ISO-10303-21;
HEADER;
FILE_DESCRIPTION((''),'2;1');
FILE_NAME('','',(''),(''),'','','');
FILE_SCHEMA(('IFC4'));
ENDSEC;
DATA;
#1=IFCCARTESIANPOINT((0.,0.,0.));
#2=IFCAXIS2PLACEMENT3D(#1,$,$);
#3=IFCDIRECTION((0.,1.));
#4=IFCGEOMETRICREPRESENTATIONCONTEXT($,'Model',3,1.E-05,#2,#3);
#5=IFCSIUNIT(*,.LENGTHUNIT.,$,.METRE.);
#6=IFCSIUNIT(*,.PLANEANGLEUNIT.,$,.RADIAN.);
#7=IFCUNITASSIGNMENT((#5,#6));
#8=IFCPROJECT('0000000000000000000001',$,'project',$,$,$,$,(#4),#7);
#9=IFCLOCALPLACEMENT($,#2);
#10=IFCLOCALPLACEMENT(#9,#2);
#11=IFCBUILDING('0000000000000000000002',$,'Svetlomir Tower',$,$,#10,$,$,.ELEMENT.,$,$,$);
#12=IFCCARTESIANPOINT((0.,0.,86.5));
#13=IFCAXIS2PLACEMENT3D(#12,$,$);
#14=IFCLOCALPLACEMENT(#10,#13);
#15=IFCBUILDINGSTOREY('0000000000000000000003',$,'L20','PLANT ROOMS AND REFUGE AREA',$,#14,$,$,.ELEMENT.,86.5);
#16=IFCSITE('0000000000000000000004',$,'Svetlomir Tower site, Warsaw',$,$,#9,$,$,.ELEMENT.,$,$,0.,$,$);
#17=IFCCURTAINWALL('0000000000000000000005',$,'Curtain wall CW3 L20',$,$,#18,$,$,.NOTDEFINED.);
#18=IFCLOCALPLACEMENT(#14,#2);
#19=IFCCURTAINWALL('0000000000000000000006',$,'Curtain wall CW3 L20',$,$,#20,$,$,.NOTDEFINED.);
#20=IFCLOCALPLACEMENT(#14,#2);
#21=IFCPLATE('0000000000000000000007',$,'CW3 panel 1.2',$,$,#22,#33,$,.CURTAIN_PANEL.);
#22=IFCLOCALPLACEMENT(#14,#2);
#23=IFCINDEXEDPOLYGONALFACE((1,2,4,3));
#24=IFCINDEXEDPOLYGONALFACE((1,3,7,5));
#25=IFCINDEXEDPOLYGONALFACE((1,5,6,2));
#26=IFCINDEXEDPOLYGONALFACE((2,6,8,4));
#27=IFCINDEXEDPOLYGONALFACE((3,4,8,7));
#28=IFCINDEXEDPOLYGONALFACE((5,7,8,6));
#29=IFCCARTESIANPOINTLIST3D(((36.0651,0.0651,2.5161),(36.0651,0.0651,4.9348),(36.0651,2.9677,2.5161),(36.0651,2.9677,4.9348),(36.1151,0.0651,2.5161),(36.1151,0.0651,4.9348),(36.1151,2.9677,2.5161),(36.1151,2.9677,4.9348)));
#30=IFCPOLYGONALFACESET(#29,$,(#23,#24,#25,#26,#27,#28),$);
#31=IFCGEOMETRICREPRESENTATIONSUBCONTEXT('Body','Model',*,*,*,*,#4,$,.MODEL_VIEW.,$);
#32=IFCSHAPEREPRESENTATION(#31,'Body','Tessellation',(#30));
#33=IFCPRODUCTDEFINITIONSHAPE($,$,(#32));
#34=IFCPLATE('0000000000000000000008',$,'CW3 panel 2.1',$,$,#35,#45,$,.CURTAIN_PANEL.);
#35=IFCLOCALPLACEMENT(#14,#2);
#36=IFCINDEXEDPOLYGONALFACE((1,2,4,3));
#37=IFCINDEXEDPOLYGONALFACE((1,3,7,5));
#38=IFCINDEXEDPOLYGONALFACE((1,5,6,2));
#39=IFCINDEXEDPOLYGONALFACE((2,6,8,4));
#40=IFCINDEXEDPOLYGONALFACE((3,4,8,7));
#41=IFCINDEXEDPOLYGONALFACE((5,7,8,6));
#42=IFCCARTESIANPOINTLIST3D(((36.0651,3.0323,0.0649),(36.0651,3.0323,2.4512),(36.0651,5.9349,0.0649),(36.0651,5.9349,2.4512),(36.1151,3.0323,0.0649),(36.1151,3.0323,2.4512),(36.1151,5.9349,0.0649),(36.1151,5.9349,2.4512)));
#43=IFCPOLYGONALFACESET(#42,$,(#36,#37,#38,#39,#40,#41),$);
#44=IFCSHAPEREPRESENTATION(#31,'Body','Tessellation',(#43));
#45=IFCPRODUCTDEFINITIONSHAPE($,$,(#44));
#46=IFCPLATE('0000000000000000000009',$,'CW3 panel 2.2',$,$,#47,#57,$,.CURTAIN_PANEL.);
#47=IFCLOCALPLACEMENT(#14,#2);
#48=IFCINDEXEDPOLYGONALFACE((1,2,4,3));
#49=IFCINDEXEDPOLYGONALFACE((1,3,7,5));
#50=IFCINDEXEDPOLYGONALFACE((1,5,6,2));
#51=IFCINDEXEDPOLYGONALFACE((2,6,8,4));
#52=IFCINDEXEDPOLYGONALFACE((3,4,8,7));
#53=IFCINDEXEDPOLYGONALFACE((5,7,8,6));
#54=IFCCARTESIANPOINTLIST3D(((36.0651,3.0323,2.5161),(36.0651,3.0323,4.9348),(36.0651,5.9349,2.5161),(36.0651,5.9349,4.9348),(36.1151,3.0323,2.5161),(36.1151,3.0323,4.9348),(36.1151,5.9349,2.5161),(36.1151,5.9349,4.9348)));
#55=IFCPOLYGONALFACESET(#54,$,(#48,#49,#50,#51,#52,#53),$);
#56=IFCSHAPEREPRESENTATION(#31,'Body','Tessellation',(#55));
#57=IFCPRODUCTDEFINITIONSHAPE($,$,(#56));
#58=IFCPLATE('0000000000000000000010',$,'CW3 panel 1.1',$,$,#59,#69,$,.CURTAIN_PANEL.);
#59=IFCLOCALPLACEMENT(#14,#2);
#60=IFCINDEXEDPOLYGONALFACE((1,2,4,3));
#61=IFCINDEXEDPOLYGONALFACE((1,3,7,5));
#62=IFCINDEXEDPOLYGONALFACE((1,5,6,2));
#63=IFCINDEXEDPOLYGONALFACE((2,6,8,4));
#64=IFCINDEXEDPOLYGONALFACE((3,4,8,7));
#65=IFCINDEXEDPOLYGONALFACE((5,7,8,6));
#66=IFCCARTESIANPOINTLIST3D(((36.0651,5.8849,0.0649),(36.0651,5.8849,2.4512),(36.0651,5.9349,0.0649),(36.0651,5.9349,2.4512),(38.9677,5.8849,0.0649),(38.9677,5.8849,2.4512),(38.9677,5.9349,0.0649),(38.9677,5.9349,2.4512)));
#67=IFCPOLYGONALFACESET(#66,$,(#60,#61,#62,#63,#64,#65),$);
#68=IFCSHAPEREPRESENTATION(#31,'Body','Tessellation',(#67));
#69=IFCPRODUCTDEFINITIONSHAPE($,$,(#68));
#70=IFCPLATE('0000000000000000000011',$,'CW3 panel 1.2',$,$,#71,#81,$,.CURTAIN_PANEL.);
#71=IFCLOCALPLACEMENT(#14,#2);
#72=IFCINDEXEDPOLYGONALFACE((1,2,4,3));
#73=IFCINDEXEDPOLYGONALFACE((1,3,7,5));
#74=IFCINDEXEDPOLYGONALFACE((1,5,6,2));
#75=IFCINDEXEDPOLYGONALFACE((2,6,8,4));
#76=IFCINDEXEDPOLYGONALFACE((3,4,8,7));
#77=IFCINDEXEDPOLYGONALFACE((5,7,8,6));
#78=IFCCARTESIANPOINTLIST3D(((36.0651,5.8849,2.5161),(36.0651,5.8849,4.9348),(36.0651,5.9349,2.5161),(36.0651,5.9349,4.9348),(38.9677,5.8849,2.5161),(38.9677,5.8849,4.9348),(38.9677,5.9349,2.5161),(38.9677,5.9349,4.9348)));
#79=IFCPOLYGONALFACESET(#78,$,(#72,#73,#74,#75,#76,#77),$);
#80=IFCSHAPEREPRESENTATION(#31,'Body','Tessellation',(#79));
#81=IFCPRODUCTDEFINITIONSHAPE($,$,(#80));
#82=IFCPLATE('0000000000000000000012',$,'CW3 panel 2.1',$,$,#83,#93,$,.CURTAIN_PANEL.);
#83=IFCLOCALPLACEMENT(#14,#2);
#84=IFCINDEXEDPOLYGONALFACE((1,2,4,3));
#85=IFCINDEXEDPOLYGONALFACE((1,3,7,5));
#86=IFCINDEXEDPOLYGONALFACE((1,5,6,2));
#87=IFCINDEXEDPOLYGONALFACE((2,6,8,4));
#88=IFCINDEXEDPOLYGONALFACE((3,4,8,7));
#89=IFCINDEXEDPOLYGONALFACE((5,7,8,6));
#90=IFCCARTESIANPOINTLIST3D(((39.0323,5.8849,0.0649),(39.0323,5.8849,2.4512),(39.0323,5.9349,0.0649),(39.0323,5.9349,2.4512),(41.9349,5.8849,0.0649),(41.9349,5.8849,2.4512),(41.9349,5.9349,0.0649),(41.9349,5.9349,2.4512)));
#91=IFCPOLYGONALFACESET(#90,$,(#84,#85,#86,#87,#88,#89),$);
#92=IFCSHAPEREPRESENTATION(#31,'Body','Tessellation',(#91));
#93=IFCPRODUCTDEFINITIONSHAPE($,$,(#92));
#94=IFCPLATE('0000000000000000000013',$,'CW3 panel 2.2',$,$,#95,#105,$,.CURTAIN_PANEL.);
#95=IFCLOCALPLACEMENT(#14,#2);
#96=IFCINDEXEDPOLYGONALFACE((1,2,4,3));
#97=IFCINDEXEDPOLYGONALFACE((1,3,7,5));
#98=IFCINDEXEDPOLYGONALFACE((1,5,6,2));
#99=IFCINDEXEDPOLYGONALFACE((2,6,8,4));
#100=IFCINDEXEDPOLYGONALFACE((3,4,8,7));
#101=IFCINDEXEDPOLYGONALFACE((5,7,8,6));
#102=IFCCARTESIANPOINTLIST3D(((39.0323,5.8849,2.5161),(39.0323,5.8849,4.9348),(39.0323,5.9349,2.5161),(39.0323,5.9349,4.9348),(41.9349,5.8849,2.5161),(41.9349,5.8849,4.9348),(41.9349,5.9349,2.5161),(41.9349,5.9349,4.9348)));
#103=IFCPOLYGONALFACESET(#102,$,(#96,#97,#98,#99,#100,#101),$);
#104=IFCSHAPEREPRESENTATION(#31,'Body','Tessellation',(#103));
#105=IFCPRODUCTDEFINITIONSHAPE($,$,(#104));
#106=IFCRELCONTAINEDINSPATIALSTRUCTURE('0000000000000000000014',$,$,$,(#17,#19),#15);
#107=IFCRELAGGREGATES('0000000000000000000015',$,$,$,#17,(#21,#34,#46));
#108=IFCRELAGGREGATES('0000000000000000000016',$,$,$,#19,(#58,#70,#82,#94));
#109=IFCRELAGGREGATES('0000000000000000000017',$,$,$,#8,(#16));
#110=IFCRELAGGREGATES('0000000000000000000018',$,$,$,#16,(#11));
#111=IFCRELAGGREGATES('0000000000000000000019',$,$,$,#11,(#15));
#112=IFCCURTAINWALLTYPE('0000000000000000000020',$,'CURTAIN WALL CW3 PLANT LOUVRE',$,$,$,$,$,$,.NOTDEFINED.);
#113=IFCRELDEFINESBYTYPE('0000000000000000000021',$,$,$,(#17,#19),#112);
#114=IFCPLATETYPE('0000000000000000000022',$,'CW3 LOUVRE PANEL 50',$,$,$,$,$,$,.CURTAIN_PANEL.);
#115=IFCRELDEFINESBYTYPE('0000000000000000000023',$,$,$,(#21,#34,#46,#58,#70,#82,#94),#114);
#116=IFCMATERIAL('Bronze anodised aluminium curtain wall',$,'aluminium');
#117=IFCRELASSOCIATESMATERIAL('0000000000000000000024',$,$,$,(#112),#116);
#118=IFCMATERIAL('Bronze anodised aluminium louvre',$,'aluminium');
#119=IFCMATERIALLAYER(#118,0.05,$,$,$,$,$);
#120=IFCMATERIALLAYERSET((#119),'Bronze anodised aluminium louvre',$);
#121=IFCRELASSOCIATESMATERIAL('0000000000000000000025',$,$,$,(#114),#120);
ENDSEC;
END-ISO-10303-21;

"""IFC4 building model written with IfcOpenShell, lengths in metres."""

from ifc_helpers import new_model, si_unit, direction, frame, origin, origin_2d, place, context, subcontext, project, spatial, rectangle, extrude, material, layer, layer_set, type_object, element, aggregate, save


model = new_model("IFC4")

# Units and contexts
model_context = context("Model", 3, precision=1e-05, world=origin(), true_north=direction((0.0, 1.0)))
body_context = subcontext(model_context, "Body", "Model", "MODEL_VIEW")
ifc_project = project(units=[si_unit("LENGTHUNIT", "METRE"), si_unit("PLANEANGLEUNIT", "RADIAN")], contexts=[model_context])

# Site, building, storey
site_placement = place(None, origin())
site = spatial("IfcSite", under=ifc_project, at=site_placement, Name="Svetlomir Tower site, Warsaw", CompositionType="ELEMENT", RefElevation=0.0)
building_placement = place(site_placement, origin())
building = spatial("IfcBuilding", under=site, at=building_placement, Name="Svetlomir Tower", CompositionType="ELEMENT")
storey_placement = place(building_placement, frame((0.0, 0.0, 86.5)))
storey = spatial("IfcBuildingStorey", under=building, at=storey_placement, Name="L20", Description="PLANT ROOMS AND REFUGE AREA", CompositionType="ELEMENT", Elevation=86.5)

# Shared definitions
ifc_material_1 = material(Name="Bronze anodised aluminium curtain wall", Category="aluminium")
curtain_wall_type = type_object("IfcCurtainWallType", Name="CURTAIN WALL CW3 PLANT LOUVRE", PredefinedType="NOTDEFINED", material=ifc_material_1)

# Curtain walls
curtain_wall_1_placement = place(storey_placement, origin())
curtain_wall_1 = element("IfcCurtainWall", 1, at=curtain_wall_1_placement, inside=storey, type_object=curtain_wall_type, Name="Curtain wall CW3 L20", PredefinedType="NOTDEFINED")
curtain_wall_2_placement = place(storey_placement, origin())
curtain_wall_2 = element("IfcCurtainWall", 2, at=curtain_wall_2_placement, inside=storey, type_object=curtain_wall_type, Name="Curtain wall CW3 L20", PredefinedType="NOTDEFINED")

# Plates
ifc_material_2 = material(Name="Bronze anodised aluminium louvre", Category="aluminium")
ifc_layer = layer(ifc_material_2, 0.05)
ifc_layer_set = layer_set([ifc_layer], Name="Bronze anodised aluminium louvre")
plate_type = type_object("IfcPlateType", Name="CW3 LOUVRE PANEL 50", PredefinedType="CURTAIN_PANEL", material=ifc_layer_set)
plate_1_placement = place(storey_placement, frame((36.0901, 1.5164, 2.5161), z_axis=(0.0, 0.0, 1.0), x_axis=(0.0, 1.0, 0.0)))
plate_1 = element("IfcPlate", 3, at=plate_1_placement, type_object=plate_type, Name="CW3 panel 1.2", PredefinedType="CURTAIN_PANEL", context=body_context, shape_type="SweptSolid", body=[
    extrude(rectangle(XDim=2.9026, YDim=0.05, at=origin_2d()), origin(), (0.0, 0.0, 1.0), 2.4187),
])
plate_2_placement = place(storey_placement, frame((36.0901, 4.4836, 0.0649), z_axis=(0.0, 0.0, 1.0), x_axis=(0.0, 1.0, 0.0)))
plate_2 = element("IfcPlate", 4, at=plate_2_placement, type_object=plate_type, Name="CW3 panel 2.1", PredefinedType="CURTAIN_PANEL", context=body_context, shape_type="SweptSolid", body=[
    extrude(rectangle(XDim=2.9026, YDim=0.05, at=origin_2d()), origin(), (0.0, 0.0, 1.0), 2.3862),
])
plate_3_placement = place(storey_placement, frame((36.0901, 4.4836, 2.5161), z_axis=(0.0, 0.0, 1.0), x_axis=(0.0, 1.0, 0.0)))
plate_3 = element("IfcPlate", 5, at=plate_3_placement, type_object=plate_type, Name="CW3 panel 2.2", PredefinedType="CURTAIN_PANEL", context=body_context, shape_type="SweptSolid", body=[
    extrude(rectangle(XDim=2.9026, YDim=0.05, at=origin_2d()), origin(), (0.0, 0.0, 1.0), 2.4187),
])
aggregate(curtain_wall_1, [plate_1, plate_2, plate_3])
plate_4_placement = place(storey_placement, frame((37.5164, 5.9099, 0.0649), z_axis=(0.0, 0.0, 1.0), x_axis=(1.0, 0.0, 0.0)))
plate_4 = element("IfcPlate", 6, at=plate_4_placement, type_object=plate_type, Name="CW3 panel 1.1", PredefinedType="CURTAIN_PANEL", context=body_context, shape_type="SweptSolid", body=[
    extrude(rectangle(XDim=2.9026, YDim=0.05, at=origin_2d()), origin(), (0.0, 0.0, 1.0), 2.3862),
])
plate_5_placement = place(storey_placement, frame((37.5164, 5.9099, 2.5161), z_axis=(0.0, 0.0, 1.0), x_axis=(1.0, 0.0, 0.0)))
plate_5 = element("IfcPlate", 7, at=plate_5_placement, type_object=plate_type, Name="CW3 panel 1.2", PredefinedType="CURTAIN_PANEL", context=body_context, shape_type="SweptSolid", body=[
    extrude(rectangle(XDim=2.9026, YDim=0.05, at=origin_2d()), origin(), (0.0, 0.0, 1.0), 2.4187),
])
plate_6_placement = place(storey_placement, frame((40.4836, 5.9099, 0.0649), z_axis=(0.0, 0.0, 1.0), x_axis=(1.0, 0.0, 0.0)))
plate_6 = element("IfcPlate", 8, at=plate_6_placement, type_object=plate_type, Name="CW3 panel 2.1", PredefinedType="CURTAIN_PANEL", context=body_context, shape_type="SweptSolid", body=[
    extrude(rectangle(XDim=2.9026, YDim=0.05, at=origin_2d()), origin(), (0.0, 0.0, 1.0), 2.3862),
])
plate_7_placement = place(storey_placement, frame((40.4836, 5.9099, 2.5161), z_axis=(0.0, 0.0, 1.0), x_axis=(1.0, 0.0, 0.0)))
plate_7 = element("IfcPlate", 9, at=plate_7_placement, type_object=plate_type, Name="CW3 panel 2.2", PredefinedType="CURTAIN_PANEL", context=body_context, shape_type="SweptSolid", body=[
    extrude(rectangle(XDim=2.9026, YDim=0.05, at=origin_2d()), origin(), (0.0, 0.0, 1.0), 2.4187),
])
aggregate(curtain_wall_2, [plate_4, plate_5, plate_6, plate_7])

save(model, "model.ifc")
